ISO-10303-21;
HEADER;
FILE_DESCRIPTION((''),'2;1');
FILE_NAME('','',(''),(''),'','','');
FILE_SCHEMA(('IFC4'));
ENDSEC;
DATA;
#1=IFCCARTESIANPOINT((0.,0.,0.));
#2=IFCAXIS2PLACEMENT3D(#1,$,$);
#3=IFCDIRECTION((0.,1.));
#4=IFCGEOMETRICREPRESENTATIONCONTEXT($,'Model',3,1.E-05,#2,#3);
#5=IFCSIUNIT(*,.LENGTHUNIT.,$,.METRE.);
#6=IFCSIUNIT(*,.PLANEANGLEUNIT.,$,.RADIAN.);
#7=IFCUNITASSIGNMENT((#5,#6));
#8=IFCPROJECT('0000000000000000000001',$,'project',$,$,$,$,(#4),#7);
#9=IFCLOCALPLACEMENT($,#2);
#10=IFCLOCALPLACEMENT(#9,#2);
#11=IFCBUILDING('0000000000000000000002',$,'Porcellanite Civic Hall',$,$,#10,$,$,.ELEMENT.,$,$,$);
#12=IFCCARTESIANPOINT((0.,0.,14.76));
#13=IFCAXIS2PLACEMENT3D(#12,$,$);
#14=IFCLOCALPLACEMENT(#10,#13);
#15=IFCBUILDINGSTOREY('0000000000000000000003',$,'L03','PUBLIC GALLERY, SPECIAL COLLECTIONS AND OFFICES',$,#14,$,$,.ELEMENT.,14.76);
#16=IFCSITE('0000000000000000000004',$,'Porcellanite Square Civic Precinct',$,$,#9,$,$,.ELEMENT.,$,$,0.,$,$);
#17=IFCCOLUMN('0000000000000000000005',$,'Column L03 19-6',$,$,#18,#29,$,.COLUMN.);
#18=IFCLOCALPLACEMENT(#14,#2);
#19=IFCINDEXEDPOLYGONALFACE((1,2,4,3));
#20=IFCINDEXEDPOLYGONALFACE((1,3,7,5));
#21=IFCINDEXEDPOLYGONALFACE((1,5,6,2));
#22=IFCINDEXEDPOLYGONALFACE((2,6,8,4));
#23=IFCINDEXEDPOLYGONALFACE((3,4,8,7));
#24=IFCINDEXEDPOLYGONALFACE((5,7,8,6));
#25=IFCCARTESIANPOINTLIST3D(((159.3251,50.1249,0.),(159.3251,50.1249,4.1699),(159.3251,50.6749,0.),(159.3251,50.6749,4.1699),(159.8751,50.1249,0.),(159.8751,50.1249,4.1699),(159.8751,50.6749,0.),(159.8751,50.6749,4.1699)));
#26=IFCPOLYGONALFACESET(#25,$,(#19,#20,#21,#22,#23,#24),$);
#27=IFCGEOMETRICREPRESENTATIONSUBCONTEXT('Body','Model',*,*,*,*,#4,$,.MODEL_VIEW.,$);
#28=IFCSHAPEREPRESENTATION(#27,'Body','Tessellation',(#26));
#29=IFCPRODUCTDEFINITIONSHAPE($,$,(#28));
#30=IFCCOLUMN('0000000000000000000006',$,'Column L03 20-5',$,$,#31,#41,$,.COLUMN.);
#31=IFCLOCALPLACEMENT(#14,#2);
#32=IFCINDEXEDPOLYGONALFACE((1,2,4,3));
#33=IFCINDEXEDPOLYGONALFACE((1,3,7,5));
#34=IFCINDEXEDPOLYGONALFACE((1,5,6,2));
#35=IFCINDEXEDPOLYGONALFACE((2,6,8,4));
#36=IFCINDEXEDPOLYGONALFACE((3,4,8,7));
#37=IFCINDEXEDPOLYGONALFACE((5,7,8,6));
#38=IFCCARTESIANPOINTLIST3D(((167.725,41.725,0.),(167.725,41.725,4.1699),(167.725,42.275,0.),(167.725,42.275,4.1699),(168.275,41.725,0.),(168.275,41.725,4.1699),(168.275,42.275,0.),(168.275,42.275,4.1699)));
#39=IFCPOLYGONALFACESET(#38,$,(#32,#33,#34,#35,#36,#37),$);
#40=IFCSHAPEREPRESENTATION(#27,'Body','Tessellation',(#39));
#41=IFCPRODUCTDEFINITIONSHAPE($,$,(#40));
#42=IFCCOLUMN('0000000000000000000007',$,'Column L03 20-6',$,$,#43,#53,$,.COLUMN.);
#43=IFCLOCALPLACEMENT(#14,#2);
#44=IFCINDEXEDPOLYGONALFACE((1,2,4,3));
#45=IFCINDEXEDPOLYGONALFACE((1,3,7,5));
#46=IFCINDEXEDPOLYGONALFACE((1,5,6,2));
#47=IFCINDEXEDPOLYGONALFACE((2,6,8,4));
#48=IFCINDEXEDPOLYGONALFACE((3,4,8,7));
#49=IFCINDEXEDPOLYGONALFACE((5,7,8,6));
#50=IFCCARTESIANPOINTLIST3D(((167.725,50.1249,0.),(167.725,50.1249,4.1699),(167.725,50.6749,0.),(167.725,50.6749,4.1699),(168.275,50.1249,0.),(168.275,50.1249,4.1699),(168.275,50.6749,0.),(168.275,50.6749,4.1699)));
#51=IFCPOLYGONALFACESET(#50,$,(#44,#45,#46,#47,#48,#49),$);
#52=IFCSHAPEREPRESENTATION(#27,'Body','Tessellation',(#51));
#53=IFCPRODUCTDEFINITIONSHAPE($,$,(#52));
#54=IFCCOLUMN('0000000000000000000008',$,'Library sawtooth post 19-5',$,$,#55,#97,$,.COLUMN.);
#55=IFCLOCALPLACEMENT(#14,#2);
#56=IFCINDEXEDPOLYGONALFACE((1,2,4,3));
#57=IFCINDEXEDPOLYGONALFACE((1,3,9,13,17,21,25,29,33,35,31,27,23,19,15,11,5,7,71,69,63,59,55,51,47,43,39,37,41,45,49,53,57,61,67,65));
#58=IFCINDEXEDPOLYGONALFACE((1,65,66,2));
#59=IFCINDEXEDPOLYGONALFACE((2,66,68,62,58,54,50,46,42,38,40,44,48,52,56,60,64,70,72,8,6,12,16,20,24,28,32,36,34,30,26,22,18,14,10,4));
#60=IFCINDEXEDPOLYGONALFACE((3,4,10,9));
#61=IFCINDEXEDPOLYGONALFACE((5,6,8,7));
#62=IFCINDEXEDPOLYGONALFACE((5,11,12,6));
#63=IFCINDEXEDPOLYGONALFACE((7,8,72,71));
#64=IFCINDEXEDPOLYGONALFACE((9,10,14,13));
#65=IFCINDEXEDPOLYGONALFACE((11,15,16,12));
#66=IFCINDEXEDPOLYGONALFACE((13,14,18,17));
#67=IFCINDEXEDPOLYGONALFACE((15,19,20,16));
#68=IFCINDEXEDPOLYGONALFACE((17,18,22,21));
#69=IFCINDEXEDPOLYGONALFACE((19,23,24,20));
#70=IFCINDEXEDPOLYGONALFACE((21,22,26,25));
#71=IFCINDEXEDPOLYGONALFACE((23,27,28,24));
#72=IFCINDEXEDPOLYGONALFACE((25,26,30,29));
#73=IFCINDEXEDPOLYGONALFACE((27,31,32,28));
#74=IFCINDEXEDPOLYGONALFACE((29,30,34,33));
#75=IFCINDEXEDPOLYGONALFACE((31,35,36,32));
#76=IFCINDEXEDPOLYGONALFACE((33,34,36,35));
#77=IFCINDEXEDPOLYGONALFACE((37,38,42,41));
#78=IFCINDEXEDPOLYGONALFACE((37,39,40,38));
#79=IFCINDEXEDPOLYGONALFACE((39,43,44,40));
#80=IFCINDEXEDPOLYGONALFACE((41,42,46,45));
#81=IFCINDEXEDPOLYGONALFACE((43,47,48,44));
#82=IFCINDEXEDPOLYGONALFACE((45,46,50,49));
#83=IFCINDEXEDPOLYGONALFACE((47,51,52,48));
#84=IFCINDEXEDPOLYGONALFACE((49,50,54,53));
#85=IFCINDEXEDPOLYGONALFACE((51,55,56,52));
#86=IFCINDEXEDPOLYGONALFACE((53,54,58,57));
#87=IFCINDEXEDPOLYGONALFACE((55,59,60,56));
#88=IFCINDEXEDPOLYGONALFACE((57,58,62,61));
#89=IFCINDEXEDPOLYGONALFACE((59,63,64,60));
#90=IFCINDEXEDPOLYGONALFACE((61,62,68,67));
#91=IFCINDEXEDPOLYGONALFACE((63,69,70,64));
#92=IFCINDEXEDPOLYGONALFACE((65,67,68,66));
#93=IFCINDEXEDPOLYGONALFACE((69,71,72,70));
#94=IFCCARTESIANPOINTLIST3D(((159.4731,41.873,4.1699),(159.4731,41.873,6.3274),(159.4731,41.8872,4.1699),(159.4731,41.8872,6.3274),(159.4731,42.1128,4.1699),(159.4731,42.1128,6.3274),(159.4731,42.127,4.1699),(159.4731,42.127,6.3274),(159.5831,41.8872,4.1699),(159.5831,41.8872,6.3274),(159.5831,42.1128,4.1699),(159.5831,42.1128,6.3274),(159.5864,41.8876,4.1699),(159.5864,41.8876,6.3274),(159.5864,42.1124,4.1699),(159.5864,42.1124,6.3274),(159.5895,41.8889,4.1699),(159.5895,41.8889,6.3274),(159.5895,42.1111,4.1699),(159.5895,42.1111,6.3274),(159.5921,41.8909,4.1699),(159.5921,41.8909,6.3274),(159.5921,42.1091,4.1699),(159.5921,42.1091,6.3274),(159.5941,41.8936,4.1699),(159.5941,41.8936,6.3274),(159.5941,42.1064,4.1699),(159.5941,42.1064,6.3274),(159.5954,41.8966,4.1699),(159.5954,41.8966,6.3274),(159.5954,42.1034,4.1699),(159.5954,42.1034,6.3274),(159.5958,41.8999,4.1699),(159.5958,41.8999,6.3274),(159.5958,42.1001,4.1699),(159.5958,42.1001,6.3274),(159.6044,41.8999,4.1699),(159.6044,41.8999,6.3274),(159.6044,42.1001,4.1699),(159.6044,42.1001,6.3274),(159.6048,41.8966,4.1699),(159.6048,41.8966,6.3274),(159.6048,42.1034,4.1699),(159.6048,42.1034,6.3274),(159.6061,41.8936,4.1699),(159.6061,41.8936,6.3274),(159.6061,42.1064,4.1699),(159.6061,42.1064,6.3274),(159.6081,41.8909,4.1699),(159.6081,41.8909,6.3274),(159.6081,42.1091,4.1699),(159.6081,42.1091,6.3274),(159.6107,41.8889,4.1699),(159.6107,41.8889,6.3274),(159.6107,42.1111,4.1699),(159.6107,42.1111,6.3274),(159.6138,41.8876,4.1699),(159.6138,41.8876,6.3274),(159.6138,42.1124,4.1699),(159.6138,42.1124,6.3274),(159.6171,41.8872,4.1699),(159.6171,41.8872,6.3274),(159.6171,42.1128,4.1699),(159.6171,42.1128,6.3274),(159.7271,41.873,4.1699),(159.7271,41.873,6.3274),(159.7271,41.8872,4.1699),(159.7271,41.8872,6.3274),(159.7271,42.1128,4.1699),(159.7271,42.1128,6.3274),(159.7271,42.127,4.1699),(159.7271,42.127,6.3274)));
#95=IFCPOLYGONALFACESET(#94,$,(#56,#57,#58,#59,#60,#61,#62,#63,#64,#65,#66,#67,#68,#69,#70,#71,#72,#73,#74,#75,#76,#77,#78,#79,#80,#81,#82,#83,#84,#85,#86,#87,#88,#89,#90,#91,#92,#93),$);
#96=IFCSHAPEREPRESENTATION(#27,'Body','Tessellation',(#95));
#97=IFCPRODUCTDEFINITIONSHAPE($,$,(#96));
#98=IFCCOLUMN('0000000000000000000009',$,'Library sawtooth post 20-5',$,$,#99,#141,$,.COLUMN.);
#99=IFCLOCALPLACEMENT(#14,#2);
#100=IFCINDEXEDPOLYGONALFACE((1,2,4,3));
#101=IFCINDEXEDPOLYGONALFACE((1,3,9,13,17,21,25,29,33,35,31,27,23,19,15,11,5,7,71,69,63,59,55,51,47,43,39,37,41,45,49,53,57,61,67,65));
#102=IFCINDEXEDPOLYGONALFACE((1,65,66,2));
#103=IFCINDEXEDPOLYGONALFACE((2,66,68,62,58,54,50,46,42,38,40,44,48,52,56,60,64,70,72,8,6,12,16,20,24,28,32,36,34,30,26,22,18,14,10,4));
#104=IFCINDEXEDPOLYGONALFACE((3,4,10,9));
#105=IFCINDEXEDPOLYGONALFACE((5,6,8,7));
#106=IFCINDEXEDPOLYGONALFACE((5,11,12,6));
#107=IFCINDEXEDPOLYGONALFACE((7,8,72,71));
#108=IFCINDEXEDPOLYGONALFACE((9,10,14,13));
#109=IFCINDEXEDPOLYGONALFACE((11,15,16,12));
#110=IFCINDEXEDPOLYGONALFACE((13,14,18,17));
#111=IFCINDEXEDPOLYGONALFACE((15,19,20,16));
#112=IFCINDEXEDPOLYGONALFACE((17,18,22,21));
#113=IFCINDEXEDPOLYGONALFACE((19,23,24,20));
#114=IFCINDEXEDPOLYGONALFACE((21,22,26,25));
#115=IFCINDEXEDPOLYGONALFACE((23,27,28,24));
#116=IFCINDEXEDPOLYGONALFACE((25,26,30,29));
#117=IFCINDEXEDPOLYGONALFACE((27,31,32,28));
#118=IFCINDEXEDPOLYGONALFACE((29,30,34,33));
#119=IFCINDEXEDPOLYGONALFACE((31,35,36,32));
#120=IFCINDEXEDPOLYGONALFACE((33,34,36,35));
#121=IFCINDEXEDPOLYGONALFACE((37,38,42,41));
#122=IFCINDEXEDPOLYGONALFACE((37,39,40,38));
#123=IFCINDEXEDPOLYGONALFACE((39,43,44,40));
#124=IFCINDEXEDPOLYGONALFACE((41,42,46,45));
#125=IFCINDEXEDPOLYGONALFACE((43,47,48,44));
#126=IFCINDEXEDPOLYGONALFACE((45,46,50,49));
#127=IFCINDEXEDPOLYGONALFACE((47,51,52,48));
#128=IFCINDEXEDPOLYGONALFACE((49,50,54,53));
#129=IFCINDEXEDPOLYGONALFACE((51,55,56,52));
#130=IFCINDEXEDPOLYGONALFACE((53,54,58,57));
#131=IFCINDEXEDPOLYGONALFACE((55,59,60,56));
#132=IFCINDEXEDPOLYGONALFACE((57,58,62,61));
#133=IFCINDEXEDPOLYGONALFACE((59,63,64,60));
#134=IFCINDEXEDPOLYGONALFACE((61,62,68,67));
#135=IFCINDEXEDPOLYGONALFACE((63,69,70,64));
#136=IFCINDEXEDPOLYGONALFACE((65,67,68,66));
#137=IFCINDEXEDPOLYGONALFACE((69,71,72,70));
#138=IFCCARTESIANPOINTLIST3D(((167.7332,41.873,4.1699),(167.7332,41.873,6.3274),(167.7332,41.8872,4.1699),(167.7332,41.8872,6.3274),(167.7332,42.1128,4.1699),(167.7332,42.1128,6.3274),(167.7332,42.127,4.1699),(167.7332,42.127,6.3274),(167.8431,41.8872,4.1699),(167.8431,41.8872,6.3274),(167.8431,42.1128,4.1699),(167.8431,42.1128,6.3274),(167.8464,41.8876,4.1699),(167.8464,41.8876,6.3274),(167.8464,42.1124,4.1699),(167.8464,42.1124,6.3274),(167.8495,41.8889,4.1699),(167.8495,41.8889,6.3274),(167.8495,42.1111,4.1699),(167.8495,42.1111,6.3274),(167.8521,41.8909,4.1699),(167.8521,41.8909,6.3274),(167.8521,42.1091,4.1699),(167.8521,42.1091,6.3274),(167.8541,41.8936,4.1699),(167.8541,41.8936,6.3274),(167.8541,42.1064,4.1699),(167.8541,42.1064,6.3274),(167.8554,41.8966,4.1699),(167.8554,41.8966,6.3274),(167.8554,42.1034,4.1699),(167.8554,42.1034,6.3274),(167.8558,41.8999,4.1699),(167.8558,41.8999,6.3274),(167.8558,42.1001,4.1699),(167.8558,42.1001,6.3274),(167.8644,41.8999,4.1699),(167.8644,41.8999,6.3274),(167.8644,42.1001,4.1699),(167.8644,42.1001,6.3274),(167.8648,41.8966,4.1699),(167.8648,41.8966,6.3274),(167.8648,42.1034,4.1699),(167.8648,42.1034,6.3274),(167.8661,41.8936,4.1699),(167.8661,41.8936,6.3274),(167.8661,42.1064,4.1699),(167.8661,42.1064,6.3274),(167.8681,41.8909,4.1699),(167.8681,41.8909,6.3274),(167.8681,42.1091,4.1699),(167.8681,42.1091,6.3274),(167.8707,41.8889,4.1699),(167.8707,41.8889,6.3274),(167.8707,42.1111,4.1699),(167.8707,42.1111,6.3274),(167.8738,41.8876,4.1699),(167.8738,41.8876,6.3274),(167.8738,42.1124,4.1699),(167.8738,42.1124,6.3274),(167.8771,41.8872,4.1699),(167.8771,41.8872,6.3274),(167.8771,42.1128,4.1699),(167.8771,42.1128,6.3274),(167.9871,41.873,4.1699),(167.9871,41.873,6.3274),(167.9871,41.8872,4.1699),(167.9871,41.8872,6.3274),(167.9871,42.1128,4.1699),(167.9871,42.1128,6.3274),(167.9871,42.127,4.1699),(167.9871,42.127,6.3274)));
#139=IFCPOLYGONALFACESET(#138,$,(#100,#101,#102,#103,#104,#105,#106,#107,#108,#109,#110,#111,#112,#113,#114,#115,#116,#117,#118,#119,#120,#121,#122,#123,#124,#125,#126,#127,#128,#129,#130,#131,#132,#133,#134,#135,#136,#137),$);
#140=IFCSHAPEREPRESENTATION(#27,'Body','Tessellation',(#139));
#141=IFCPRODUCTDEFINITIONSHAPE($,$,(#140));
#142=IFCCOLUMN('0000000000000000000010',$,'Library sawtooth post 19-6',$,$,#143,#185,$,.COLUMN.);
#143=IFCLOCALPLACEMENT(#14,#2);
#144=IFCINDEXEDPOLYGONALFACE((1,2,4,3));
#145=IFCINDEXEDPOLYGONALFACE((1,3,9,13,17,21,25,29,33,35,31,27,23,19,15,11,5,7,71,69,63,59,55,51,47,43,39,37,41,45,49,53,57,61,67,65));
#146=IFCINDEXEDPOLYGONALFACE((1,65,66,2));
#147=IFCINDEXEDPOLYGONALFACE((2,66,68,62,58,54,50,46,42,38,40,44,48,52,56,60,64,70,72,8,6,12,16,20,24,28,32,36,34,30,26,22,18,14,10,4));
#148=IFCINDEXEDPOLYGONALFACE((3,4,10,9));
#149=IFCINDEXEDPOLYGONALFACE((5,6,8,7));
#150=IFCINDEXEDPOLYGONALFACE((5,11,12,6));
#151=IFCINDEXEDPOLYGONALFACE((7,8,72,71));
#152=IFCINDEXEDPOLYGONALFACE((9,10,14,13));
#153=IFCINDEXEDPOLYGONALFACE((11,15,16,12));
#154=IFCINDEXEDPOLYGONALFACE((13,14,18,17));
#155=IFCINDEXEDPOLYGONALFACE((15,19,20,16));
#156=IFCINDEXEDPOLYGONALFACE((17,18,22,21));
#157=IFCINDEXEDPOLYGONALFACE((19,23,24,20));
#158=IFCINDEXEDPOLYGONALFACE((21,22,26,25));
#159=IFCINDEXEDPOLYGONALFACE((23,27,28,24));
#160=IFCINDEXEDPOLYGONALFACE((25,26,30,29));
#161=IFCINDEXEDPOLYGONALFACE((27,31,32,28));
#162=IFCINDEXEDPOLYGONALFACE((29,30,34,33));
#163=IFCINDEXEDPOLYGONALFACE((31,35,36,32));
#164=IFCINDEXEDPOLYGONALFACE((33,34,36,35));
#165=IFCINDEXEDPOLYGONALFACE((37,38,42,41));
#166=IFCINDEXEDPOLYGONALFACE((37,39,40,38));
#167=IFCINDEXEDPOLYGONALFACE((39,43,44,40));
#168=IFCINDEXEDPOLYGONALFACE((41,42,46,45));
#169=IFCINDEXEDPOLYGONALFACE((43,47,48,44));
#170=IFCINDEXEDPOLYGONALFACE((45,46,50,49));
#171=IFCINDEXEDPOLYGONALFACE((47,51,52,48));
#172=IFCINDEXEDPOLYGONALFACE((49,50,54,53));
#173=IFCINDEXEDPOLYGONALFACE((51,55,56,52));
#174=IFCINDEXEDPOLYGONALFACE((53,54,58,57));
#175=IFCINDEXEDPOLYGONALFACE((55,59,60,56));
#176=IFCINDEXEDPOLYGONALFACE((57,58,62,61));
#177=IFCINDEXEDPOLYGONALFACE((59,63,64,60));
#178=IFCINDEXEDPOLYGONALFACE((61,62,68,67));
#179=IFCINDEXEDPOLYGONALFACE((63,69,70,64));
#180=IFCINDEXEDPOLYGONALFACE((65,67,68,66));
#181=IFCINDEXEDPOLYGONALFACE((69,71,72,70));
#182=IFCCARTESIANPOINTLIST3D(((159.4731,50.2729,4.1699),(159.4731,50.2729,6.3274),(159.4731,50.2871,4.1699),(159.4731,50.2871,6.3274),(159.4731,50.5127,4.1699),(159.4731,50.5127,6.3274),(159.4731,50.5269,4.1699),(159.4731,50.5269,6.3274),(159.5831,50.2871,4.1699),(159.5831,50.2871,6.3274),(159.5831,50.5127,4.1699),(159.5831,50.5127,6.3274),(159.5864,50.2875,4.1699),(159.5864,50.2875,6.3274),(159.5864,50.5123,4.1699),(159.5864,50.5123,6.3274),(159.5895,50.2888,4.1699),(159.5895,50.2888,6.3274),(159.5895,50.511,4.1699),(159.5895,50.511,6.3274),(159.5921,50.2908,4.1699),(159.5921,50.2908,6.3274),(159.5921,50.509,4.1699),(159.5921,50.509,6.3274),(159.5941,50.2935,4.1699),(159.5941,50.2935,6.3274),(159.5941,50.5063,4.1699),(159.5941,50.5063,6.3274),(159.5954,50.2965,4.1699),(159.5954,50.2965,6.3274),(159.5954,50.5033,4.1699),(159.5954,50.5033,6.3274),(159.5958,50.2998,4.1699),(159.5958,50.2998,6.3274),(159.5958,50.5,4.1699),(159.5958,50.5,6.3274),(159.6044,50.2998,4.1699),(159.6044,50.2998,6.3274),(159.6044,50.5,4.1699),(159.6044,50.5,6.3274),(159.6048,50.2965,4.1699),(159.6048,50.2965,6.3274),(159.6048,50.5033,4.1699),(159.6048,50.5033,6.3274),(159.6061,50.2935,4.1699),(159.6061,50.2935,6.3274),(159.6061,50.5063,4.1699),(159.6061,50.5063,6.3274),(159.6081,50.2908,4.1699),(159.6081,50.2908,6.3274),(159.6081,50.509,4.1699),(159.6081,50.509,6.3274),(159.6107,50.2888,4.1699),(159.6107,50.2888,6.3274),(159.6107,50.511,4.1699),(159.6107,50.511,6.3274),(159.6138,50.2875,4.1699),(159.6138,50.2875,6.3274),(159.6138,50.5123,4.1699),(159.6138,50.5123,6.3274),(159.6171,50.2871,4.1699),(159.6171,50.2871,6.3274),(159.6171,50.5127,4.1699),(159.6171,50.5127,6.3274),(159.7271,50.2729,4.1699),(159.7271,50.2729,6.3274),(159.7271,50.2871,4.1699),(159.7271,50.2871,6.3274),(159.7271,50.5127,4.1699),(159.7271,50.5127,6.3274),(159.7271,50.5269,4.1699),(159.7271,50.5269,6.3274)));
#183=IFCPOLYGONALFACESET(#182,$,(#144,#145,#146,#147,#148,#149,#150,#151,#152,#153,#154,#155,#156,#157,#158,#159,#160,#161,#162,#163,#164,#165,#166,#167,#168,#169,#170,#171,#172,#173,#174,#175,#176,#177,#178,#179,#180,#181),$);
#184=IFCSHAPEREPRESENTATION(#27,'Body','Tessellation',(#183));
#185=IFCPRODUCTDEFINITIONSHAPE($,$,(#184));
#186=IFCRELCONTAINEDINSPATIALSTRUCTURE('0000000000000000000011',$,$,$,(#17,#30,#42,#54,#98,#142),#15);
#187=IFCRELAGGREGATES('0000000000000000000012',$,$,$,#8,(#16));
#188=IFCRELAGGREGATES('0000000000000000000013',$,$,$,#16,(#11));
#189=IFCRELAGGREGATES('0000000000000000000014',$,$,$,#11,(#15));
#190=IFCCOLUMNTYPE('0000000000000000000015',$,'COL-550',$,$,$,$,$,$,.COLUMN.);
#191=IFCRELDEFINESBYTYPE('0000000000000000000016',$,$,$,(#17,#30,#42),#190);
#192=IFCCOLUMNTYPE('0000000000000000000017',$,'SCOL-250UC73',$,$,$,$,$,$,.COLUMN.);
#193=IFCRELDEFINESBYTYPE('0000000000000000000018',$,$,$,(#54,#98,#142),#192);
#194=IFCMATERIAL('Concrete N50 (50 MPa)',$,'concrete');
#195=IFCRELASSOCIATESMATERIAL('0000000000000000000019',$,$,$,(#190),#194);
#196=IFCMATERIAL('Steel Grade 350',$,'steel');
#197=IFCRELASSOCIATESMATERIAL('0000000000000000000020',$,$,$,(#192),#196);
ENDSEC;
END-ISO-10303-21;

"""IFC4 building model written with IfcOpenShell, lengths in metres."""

from ifc_helpers import new_model, si_unit, direction, frame, origin, origin_2d, place, context, subcontext, project, spatial, rectangle, i_section, extrude, material, material_profile, profile_set, type_object, element, save


model = new_model("IFC4")

# Units and contexts
model_context = context("Model", 3, precision=1e-05, world=origin(), true_north=direction((0.0, 1.0)))
body_context = subcontext(model_context, "Body", "Model", "MODEL_VIEW")
ifc_project = project(units=[si_unit("LENGTHUNIT", "METRE"), si_unit("PLANEANGLEUNIT", "RADIAN")], contexts=[model_context])

# Site, building, storey
site_placement = place(None, origin())
site = spatial("IfcSite", under=ifc_project, at=site_placement, Name="Porcellanite Square Civic Precinct", CompositionType="ELEMENT", RefElevation=0.0)
building_placement = place(site_placement, origin())
building = spatial("IfcBuilding", under=site, at=building_placement, Name="Porcellanite Civic Hall", CompositionType="ELEMENT")
storey_placement = place(building_placement, frame((0.0, 0.0, 14.76)))
storey = spatial("IfcBuildingStorey", under=building, at=storey_placement, Name="L03", Description="PUBLIC GALLERY, SPECIAL COLLECTIONS AND OFFICES", CompositionType="ELEMENT", Elevation=14.76)

# Columns
ifc_material_1 = material(Name="Concrete N50 (50 MPa)", Category="concrete")
ifc_material_profile_1 = material_profile(ifc_material_1, rectangle(XDim=0.55, YDim=0.55, at=origin_2d()), Name="RC-550x550")
ifc_profile_set_1 = profile_set([ifc_material_profile_1], Name="Concrete N50 (50 MPa)")
column_type_1 = type_object("IfcColumnType", Name="COL-550", PredefinedType="COLUMN", material=ifc_profile_set_1)
for number, where, z_axis, x_axis, name in (
    (1, (159.6001, 50.3999, 0.0), (0.0, 0.0, 1.0), (1.0, 0.0, 0.0), "Column L03 19-6"),
    (2, (168.0, 42.0, 0.0), (0.0, 0.0, 1.0), (1.0, 0.0, 0.0), "Column L03 20-5"),
    (3, (168.0, 50.3999, 0.0), (0.0, 0.0, 1.0), (1.0, 0.0, 0.0), "Column L03 20-6"),
):
    element("IfcColumn", number, at=place(storey_placement, frame(where, z_axis=z_axis, x_axis=x_axis)), inside=storey, type_object=column_type_1, Name=name, PredefinedType="COLUMN", context=body_context, shape_type="SweptSolid", body=[
        extrude(rectangle(XDim=0.55, YDim=0.55, at=origin_2d()), origin(), (0.0, 0.0, 1.0), 4.1699),
    ])
ifc_material_2 = material(Name="Steel Grade 350", Category="steel")
ifc_material_profile_2 = material_profile(ifc_material_2, i_section(OverallWidth=0.2539, OverallDepth=0.2539, WebThickness=0.0085, FlangeThickness=0.0142, FilletRadius=0.0127, at=origin_2d()), Name="250UC72.9")
ifc_profile_set_2 = profile_set([ifc_material_profile_2], Name="Steel Grade 350")
column_type_2 = type_object("IfcColumnType", Name="SCOL-250UC73", PredefinedType="COLUMN", material=ifc_profile_set_2)
for number, where, z_axis, x_axis, name in (
    (4, (159.6001, 42.0, 4.1699), (0.0, 0.0, 1.0), (1.0, 0.0, 0.0), "Library sawtooth post 19-5"),
    (5, (167.8601, 42.0, 4.1699), (0.0, 0.0, 1.0), (1.0, 0.0, 0.0), "Library sawtooth post 20-5"),
    (6, (159.6001, 50.3999, 4.1699), (0.0, 0.0, 1.0), (1.0, 0.0, 0.0), "Library sawtooth post 19-6"),
):
    element("IfcColumn", number, at=place(storey_placement, frame(where, z_axis=z_axis, x_axis=x_axis)), inside=storey, type_object=column_type_2, Name=name, PredefinedType="COLUMN", context=body_context, shape_type="SweptSolid", body=[
        extrude(i_section(OverallWidth=0.2539, OverallDepth=0.2539, WebThickness=0.0085, FlangeThickness=0.0142, FilletRadius=0.0127, at=origin_2d()), origin(), (0.0, 0.0, 1.0), 2.1575),
    ])

save(model, "model.ifc")
